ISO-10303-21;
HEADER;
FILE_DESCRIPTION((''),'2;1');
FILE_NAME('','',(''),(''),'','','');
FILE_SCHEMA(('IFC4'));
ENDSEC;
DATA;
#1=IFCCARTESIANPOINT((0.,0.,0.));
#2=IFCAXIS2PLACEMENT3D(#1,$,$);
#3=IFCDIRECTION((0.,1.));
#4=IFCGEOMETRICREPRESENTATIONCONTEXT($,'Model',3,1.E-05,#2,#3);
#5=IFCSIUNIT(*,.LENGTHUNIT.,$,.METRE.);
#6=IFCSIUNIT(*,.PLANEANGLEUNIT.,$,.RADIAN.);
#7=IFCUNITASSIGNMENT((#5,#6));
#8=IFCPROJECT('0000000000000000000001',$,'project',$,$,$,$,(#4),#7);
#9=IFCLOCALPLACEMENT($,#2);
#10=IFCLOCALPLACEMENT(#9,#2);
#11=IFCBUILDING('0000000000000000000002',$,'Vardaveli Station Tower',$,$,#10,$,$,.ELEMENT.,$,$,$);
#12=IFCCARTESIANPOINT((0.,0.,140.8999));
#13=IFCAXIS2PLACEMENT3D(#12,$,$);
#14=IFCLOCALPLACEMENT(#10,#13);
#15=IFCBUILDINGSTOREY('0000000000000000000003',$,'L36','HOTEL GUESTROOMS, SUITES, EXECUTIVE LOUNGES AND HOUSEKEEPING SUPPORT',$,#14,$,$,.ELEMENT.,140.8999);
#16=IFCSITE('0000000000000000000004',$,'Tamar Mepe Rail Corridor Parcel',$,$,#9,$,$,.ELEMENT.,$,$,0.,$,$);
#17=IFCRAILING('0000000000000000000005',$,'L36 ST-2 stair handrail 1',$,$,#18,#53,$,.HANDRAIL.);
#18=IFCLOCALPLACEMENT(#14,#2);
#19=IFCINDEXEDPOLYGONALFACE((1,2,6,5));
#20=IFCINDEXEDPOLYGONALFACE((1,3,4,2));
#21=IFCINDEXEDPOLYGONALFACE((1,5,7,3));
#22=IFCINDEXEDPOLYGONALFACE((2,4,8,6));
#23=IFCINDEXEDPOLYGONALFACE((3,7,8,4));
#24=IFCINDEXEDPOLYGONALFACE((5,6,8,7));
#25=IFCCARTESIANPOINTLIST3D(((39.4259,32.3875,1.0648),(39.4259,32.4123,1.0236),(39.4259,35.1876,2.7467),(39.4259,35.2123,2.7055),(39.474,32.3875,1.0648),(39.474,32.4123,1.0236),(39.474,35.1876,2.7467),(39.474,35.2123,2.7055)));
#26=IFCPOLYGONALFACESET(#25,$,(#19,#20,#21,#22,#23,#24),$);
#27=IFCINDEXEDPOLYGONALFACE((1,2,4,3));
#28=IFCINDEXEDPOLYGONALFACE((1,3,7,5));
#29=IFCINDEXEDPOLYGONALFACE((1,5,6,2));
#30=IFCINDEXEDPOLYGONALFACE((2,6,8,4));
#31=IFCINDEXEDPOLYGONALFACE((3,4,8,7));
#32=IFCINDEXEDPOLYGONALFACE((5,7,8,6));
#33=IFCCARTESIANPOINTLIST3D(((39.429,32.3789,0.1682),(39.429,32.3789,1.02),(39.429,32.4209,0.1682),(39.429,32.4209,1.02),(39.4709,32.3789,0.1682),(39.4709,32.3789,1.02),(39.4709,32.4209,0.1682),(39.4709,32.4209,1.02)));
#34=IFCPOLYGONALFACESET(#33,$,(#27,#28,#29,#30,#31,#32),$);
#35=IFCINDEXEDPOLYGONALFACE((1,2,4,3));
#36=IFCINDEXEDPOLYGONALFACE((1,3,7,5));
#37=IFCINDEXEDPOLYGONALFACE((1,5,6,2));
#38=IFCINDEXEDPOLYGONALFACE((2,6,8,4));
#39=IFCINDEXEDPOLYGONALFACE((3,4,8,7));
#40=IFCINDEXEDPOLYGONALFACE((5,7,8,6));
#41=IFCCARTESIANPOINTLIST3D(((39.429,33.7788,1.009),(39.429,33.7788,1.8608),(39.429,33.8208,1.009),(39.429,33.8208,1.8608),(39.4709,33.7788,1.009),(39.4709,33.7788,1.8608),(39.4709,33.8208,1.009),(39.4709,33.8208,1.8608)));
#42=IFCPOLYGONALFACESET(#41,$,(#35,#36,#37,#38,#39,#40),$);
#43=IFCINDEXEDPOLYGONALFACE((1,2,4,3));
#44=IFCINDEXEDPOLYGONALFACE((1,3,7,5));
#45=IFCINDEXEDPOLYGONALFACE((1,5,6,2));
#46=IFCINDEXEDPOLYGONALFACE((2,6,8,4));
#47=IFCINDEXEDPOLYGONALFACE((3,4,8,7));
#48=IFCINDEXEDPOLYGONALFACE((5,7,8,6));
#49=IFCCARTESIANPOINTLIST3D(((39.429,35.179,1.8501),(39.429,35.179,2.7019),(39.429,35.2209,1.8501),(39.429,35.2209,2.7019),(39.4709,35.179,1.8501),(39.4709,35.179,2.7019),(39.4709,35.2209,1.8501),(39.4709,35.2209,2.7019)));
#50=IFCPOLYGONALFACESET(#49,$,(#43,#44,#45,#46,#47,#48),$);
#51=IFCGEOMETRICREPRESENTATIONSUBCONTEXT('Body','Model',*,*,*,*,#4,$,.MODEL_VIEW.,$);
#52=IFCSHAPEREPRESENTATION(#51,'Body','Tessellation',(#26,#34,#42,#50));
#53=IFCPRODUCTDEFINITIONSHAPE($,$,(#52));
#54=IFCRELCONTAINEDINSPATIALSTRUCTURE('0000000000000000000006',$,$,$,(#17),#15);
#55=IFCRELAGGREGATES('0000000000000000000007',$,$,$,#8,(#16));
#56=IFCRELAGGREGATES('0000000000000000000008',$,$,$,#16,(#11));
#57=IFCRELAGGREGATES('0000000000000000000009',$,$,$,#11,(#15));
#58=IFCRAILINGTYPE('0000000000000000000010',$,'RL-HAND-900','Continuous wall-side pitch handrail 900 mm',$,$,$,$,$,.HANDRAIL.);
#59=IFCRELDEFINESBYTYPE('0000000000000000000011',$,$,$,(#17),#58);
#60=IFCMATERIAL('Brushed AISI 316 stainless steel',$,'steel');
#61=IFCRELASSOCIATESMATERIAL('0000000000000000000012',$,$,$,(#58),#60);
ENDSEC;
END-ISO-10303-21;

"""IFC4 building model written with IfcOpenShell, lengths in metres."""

from ifc_helpers import new_model, si_unit, direction, frame, origin, origin_2d, place, context, subcontext, project, spatial, rectangle, extrude, source, transform, mapped, material, type_object, element, save


model = new_model("IFC4")

# Units and contexts
model_context = context("Model", 3, precision=1e-05, world=origin(), true_north=direction((0.0, 1.0)))
body_context = subcontext(model_context, "Body", "Model", "MODEL_VIEW")
ifc_project = project(units=[si_unit("LENGTHUNIT", "METRE"), si_unit("PLANEANGLEUNIT", "RADIAN")], contexts=[model_context])

# Site, building, storey
site_placement = place(None, origin())
site = spatial("IfcSite", under=ifc_project, at=site_placement, Name="Tamar Mepe Rail Corridor Parcel", CompositionType="ELEMENT", RefElevation=0.0)
building_placement = place(site_placement, origin())
building = spatial("IfcBuilding", under=site, at=building_placement, Name="Vardaveli Station Tower", CompositionType="ELEMENT")
storey_placement = place(building_placement, frame((0.0, 0.0, 140.8999)))
storey = spatial("IfcBuildingStorey", under=building, at=storey_placement, Name="L36", Description="HOTEL GUESTROOMS, SUITES, EXECUTIVE LOUNGES AND HOUSEKEEPING SUPPORT", CompositionType="ELEMENT", Elevation=140.8999)

# Railing
ifc_material_1 = material(Name="Brushed AISI 316 stainless steel", Category="steel")
railing_type_1 = type_object("IfcRailingType", Name="RL-HAND-900", Description="Continuous wall-side pitch handrail 900 mm", PredefinedType="HANDRAIL", material=ifc_material_1)
shared_shape_1 = source(origin(), body_context, "Body", "SweptSolid", [
    extrude(rectangle(XDim=0.0481, YDim=0.0481, at=origin_2d()), frame((0.0, 0.0, 0.876), z_axis=(0.0, 0.857242, 0.514913), x_axis=(-1.0, 0.0, 0.0)), (0.0, 0.0, 1.0), 3.2664),
    extrude(rectangle(XDim=0.042, YDim=0.042, at=origin_2d()), origin(), (0.0, 0.0, 1.0), 0.8518),
    extrude(rectangle(XDim=0.042, YDim=0.042, at=origin_2d()), frame((0.0, 1.3999, 0.8408)), (0.0, 0.0, 1.0), 0.8518),
    extrude(rectangle(XDim=0.042, YDim=0.042, at=origin_2d()), frame((0.0, 2.8, 1.6819)), (0.0, 0.0, 1.0), 0.8518),
])
for number, where, name in (
    (1, (39.45, 32.3999, 0.1682), "L36 ST-2 stair handrail 1"),
):
    element("IfcRailing", number, at=place(storey_placement, frame(where)), inside=storey, type_object=railing_type_1, Name=name, PredefinedType="HANDRAIL", context=body_context, shape_type="MappedRepresentation", body=[
        mapped(shared_shape_1, transform((0.0, 0.0, 0.0), scale=1.0)),
    ])

save(model, "model.ifc")
